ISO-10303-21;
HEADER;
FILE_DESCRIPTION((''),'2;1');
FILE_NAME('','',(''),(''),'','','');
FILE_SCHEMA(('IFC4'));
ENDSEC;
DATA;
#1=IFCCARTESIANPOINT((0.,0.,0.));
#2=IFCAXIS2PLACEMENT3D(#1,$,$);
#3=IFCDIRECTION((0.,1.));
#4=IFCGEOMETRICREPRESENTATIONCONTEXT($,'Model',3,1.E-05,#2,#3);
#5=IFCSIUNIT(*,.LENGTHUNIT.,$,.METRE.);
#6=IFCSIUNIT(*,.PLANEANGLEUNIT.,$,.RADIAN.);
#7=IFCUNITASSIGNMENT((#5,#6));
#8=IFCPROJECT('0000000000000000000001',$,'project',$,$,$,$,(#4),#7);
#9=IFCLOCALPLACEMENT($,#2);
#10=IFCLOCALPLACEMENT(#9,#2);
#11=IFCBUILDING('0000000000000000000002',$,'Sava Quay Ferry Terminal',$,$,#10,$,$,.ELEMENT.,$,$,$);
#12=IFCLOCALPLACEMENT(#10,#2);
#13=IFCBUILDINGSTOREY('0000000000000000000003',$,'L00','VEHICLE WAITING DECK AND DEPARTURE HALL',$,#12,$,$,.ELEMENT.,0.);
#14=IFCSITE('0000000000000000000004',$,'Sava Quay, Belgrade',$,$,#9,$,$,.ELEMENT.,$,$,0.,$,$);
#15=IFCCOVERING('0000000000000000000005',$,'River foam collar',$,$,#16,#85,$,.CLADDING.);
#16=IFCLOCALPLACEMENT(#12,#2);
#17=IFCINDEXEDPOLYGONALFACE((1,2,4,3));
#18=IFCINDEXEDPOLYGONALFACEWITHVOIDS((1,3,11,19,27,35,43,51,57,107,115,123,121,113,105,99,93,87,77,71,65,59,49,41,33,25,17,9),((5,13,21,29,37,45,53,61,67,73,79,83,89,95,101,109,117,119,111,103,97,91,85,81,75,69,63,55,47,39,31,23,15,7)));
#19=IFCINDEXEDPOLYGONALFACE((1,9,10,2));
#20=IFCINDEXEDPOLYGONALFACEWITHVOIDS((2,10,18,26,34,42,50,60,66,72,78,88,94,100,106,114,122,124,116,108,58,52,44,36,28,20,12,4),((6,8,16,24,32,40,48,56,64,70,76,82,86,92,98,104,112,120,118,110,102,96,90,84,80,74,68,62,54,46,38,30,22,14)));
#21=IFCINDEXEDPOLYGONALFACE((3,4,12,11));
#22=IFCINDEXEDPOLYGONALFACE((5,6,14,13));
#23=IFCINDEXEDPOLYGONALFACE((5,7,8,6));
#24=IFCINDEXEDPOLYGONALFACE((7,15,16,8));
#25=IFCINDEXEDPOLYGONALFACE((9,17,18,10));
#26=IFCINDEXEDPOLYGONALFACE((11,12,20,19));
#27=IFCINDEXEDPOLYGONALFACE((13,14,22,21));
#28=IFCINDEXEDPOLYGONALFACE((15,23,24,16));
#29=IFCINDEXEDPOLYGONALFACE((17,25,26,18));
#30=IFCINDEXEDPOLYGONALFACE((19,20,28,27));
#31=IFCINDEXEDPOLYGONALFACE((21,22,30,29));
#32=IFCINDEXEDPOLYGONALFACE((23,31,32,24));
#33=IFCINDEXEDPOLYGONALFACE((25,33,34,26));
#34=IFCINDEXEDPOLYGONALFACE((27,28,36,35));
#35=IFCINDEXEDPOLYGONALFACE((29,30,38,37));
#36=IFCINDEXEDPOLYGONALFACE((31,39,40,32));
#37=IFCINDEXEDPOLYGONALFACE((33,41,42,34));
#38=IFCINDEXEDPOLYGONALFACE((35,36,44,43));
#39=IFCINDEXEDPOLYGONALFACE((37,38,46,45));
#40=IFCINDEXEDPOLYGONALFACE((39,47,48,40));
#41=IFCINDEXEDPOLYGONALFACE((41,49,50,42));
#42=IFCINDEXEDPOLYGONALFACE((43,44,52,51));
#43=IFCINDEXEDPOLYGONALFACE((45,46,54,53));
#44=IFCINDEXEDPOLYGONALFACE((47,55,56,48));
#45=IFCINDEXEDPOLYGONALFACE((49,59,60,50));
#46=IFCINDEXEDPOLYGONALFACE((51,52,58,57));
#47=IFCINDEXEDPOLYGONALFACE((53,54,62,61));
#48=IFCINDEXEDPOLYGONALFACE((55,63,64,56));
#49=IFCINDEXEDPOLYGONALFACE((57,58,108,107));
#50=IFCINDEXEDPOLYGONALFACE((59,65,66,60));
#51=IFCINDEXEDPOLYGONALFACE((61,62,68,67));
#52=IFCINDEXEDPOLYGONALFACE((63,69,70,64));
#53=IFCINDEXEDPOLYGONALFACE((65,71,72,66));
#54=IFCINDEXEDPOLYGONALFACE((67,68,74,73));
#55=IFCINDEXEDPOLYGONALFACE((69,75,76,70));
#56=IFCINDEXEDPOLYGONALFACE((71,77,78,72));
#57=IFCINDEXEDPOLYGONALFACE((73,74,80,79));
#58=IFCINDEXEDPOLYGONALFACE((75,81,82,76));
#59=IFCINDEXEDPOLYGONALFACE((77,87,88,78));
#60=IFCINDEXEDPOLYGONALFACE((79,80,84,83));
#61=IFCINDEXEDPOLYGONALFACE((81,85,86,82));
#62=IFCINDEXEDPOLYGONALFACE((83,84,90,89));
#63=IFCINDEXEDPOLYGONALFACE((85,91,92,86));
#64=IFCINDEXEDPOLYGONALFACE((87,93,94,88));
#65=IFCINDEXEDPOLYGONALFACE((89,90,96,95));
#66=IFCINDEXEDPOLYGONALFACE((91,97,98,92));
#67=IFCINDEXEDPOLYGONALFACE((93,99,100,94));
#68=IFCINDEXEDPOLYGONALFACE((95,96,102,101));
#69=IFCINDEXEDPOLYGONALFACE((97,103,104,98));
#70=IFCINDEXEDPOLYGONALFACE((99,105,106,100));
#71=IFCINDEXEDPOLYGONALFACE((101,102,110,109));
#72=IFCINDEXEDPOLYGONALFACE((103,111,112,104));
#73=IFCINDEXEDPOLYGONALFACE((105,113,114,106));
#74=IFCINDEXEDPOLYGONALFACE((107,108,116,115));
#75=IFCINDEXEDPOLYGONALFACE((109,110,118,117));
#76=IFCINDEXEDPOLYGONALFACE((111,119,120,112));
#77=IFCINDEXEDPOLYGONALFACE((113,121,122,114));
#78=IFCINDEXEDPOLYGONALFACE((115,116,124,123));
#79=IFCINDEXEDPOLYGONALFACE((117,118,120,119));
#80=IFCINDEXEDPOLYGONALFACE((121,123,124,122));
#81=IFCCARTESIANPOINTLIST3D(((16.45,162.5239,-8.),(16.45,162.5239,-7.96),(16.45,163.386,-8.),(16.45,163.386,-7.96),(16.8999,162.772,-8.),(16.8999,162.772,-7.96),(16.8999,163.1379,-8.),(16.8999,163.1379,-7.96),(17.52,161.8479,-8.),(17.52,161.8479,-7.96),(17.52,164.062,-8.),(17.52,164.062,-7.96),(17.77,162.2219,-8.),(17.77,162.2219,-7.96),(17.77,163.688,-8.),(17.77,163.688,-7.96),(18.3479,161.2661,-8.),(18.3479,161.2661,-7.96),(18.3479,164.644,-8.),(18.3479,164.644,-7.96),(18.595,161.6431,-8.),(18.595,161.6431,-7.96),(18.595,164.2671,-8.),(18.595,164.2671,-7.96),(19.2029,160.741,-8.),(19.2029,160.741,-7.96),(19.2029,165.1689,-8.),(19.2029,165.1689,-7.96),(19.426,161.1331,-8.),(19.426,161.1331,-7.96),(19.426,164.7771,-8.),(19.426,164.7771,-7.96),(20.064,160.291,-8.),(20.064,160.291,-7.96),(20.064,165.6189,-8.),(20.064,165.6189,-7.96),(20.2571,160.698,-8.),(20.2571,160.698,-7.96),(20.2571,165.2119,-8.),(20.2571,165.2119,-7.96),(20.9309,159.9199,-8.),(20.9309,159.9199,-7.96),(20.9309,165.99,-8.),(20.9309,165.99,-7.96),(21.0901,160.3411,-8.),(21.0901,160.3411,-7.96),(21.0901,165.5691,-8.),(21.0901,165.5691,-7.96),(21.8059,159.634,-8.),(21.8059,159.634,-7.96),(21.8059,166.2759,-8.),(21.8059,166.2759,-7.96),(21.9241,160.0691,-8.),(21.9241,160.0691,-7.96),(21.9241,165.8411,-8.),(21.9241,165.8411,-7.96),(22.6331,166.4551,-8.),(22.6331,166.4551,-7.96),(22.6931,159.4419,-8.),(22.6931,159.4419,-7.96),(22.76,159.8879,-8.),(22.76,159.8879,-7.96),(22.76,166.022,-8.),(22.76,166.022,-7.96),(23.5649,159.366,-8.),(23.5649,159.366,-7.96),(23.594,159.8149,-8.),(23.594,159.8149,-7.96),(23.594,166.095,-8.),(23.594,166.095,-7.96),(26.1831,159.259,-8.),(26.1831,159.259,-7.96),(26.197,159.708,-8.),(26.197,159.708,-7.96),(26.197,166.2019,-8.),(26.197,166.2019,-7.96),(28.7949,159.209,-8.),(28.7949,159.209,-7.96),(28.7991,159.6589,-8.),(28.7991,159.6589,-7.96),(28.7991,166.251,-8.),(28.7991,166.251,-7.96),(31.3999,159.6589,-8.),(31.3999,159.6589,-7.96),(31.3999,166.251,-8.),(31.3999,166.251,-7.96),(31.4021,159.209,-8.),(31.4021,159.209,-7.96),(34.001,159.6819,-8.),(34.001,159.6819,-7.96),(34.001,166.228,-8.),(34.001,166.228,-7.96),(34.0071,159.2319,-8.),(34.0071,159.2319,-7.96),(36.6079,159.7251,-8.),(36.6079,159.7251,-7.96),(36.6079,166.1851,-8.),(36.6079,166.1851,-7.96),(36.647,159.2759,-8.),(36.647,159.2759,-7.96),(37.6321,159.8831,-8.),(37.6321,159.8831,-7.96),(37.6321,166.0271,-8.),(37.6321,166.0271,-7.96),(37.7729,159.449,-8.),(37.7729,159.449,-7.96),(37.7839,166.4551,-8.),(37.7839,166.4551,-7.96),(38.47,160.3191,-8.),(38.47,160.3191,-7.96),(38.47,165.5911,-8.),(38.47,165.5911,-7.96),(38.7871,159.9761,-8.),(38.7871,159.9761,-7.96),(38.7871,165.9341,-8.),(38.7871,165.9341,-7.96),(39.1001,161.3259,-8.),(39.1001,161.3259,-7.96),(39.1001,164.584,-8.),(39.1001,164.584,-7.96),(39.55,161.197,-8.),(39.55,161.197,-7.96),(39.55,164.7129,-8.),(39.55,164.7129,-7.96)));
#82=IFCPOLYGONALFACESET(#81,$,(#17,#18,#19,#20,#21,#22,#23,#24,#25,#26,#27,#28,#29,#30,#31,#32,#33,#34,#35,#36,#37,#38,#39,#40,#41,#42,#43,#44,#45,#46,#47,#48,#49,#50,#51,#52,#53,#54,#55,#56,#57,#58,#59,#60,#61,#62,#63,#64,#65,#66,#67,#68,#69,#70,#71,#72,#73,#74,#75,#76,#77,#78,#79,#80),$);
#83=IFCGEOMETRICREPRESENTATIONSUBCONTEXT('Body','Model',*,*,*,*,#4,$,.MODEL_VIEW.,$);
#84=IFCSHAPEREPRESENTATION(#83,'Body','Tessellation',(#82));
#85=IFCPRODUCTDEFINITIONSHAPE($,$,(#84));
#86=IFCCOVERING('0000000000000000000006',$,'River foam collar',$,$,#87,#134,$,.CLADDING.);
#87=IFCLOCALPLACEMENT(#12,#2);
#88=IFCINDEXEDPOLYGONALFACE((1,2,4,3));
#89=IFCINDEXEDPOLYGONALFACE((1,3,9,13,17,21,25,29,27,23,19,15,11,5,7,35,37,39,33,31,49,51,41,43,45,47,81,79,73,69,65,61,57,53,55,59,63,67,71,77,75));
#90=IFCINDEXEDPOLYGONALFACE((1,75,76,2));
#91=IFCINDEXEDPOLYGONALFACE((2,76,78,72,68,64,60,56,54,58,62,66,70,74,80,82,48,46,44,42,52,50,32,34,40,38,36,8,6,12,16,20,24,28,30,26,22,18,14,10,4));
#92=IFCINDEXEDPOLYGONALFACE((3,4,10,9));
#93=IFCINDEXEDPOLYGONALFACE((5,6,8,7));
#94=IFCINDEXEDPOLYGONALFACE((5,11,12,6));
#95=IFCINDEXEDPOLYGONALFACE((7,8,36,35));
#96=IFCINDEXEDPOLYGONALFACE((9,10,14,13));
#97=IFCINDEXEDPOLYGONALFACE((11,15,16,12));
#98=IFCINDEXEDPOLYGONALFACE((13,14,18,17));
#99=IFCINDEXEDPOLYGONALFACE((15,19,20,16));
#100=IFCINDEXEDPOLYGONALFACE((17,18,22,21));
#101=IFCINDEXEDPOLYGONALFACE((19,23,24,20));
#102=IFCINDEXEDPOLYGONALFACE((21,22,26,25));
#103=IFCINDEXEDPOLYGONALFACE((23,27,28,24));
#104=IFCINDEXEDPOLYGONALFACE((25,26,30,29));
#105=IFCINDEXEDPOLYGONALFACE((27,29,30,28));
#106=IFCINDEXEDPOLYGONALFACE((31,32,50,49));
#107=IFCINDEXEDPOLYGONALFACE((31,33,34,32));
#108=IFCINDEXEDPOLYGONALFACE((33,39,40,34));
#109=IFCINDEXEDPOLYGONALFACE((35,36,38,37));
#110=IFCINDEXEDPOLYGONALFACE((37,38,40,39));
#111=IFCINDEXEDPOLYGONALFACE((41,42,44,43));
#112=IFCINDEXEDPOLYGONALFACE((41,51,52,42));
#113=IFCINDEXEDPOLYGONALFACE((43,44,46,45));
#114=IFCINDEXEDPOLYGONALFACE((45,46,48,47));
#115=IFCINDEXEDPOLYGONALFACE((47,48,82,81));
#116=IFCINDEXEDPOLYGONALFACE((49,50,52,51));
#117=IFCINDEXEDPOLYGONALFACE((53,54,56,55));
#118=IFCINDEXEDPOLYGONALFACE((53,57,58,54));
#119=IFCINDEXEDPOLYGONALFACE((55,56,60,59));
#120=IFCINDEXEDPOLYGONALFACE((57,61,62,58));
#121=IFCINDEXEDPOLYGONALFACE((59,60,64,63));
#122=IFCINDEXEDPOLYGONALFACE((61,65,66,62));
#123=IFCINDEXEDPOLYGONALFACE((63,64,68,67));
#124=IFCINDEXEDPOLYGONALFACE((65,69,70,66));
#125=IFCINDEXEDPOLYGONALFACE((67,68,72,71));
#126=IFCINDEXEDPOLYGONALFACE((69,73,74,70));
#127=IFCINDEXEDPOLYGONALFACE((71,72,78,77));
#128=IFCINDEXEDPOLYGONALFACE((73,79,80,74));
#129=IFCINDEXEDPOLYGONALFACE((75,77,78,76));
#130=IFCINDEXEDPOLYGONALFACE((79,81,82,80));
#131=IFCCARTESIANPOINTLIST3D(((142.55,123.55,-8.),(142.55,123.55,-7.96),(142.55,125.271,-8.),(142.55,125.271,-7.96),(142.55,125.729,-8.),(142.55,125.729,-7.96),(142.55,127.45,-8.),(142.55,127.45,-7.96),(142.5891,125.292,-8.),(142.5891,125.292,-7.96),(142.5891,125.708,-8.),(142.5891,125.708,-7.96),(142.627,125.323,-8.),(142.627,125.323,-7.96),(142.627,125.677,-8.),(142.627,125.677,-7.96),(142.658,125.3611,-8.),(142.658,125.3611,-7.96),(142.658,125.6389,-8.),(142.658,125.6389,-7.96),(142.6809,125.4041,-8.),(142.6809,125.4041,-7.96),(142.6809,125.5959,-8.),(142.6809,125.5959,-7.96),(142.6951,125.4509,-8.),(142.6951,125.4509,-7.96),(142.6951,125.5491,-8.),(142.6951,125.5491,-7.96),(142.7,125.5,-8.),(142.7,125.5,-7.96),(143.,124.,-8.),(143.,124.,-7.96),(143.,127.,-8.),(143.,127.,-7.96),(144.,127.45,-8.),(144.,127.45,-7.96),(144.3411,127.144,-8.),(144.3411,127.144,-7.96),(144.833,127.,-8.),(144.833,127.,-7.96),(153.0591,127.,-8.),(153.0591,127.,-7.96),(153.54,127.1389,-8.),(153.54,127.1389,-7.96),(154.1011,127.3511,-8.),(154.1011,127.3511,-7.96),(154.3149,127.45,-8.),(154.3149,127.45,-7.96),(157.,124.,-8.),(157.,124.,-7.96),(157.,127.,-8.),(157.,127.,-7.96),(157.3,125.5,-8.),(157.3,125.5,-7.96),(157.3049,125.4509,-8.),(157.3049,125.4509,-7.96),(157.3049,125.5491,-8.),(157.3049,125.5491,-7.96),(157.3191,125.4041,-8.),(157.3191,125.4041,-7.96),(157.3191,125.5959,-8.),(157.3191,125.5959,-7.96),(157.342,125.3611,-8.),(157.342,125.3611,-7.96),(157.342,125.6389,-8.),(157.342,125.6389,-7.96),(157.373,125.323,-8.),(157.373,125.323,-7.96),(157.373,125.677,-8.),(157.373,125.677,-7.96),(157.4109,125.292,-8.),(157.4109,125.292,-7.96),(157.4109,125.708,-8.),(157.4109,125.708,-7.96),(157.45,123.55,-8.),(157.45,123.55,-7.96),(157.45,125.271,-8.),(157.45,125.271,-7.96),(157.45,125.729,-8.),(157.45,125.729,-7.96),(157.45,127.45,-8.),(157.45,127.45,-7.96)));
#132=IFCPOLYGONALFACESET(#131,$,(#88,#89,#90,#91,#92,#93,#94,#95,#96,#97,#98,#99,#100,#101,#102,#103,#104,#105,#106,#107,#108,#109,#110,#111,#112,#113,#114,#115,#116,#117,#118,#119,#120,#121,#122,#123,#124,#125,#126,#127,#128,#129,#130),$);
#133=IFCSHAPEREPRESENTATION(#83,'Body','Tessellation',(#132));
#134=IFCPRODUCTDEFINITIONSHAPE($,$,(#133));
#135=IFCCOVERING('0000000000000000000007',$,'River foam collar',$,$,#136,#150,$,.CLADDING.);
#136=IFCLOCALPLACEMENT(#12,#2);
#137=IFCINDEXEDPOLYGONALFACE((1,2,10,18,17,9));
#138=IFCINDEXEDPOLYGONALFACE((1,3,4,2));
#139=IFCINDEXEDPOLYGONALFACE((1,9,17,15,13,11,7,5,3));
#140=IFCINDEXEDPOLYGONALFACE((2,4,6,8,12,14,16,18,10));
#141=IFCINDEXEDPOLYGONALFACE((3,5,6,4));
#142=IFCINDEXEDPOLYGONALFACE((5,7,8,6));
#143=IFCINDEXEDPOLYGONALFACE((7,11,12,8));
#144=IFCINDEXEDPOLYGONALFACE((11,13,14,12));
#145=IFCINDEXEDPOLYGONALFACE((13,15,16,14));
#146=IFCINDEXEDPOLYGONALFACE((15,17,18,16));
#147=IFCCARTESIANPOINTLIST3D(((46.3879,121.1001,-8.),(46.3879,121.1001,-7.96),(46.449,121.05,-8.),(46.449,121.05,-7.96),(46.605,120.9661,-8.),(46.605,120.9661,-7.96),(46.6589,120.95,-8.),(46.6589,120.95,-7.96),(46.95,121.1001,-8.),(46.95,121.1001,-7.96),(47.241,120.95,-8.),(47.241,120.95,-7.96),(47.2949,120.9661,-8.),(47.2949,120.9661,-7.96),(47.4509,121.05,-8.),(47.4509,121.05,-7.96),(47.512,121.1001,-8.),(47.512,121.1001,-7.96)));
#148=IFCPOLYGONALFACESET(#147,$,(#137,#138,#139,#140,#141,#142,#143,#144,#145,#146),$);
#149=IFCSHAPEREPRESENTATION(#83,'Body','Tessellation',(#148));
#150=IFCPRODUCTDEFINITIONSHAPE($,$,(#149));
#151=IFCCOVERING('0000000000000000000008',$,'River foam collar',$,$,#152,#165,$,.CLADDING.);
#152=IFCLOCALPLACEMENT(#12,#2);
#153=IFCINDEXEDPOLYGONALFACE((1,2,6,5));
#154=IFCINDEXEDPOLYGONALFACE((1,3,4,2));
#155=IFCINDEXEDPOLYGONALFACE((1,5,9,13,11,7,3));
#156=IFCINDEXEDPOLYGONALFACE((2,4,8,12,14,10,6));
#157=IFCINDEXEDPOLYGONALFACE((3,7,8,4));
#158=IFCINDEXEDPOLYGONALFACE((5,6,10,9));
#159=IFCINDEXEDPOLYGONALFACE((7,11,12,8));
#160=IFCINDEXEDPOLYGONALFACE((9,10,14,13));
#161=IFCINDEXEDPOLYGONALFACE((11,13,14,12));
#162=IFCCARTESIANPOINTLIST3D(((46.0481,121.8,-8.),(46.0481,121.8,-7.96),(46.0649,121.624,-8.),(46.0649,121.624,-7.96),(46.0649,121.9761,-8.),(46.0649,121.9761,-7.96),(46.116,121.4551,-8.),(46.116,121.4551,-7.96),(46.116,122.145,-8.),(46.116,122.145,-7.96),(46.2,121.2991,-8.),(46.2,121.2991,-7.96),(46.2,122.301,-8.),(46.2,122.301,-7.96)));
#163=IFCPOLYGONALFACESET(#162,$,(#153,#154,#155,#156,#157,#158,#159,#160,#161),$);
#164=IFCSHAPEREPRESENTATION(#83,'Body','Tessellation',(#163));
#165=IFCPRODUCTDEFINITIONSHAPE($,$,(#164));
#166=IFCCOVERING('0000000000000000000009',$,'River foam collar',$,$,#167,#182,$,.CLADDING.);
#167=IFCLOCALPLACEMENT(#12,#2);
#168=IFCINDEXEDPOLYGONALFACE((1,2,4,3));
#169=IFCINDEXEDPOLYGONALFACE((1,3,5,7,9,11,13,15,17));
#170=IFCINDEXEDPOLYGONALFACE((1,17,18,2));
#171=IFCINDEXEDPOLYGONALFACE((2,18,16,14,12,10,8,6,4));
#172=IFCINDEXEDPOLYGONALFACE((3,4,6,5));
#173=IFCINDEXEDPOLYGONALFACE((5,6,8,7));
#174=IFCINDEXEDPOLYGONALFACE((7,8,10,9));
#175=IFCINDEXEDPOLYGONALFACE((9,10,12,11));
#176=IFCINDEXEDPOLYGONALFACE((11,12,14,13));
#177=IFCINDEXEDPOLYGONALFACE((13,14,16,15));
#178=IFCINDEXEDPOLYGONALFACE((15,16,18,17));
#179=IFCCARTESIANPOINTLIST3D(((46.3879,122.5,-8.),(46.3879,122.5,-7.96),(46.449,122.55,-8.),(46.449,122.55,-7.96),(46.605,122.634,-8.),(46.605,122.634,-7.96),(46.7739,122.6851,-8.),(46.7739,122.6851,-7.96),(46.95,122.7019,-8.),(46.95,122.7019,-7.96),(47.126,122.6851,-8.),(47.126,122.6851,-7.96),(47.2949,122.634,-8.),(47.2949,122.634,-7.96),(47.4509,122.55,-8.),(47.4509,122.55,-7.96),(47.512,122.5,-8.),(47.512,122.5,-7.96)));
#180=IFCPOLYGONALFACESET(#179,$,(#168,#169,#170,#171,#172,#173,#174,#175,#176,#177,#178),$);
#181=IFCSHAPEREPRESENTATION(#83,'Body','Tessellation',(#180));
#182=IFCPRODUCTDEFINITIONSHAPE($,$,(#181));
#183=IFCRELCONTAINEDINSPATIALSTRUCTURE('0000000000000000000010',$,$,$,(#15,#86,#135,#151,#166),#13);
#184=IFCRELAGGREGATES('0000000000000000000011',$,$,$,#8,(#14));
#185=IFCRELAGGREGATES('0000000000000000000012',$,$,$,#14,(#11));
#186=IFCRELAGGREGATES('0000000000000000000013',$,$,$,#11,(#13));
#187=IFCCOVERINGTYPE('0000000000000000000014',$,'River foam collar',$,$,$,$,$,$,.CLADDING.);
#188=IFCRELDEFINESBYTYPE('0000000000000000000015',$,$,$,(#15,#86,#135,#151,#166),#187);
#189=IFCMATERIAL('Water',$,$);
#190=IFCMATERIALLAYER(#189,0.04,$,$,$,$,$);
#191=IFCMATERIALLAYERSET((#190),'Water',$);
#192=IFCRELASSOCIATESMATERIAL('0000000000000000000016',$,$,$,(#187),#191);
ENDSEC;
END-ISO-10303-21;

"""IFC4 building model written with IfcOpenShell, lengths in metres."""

from ifc_helpers import new_model, si_unit, direction, frame, origin, place, context, subcontext, project, spatial, polyline, outline, extrude, material, layer, layer_set, type_object, element, save


model = new_model("IFC4")

# Units and contexts
model_context = context("Model", 3, precision=1e-05, world=origin(), true_north=direction((0.0, 1.0)))
body_context = subcontext(model_context, "Body", "Model", "MODEL_VIEW")
ifc_project = project(units=[si_unit("LENGTHUNIT", "METRE"), si_unit("PLANEANGLEUNIT", "RADIAN")], contexts=[model_context])

# Site, building, storey
site_placement = place(None, origin())
site = spatial("IfcSite", under=ifc_project, at=site_placement, Name="Sava Quay, Belgrade", CompositionType="ELEMENT", RefElevation=0.0)
building_placement = place(site_placement, origin())
building = spatial("IfcBuilding", under=site, at=building_placement, Name="Sava Quay Ferry Terminal", CompositionType="ELEMENT")
storey_placement = place(building_placement, origin())
storey = spatial("IfcBuildingStorey", under=building, at=storey_placement, Name="L00", Description="VEHICLE WAITING DECK AND DEPARTURE HALL", CompositionType="ELEMENT", Elevation=0.0)

# Coverings
ifc_material_1 = material(Name="Water")
ifc_layer_1 = layer(ifc_material_1, 0.04)
ifc_layer_set_1 = layer_set([ifc_layer_1], Name="Water")
covering_type_1 = type_object("IfcCoveringType", Name="River foam collar", PredefinedType="CLADDING", material=ifc_layer_set_1)
covering_1_placement = place(storey_placement, frame((0.0, 0.0, -8.0)))
element("IfcCovering", 1, at=covering_1_placement, inside=storey, type_object=covering_type_1, Name="River foam collar", PredefinedType="CLADDING", context=body_context, shape_type="SweptSolid", body=[
    extrude(outline(polyline([(28.7949, 159.209), (31.4021, 159.209), (34.0071, 159.2319), (36.647, 159.2759), (37.7729, 159.449), (38.7871, 159.9761), (39.55, 161.197), (39.55, 164.7129), (38.7871, 165.9341), (37.7839, 166.4551), (22.6331, 166.4551), (21.8059, 166.2759), (20.9309, 165.99), (20.064, 165.6189), (19.2029, 165.1689), (18.3479, 164.644), (17.52, 164.062), (16.45, 163.386), (16.45, 162.5239), (17.52, 161.8479), (18.3479, 161.2661), (19.2029, 160.741), (20.064, 160.291), (20.9309, 159.9199), (21.8059, 159.634), (22.6931, 159.4419), (23.5649, 159.366), (26.1831, 159.259), (28.7949, 159.209)]), holes=[polyline([(34.001, 166.228), (36.6079, 166.1851), (37.6321, 166.0271), (38.47, 165.5911), (39.1001, 164.584), (39.1001, 161.3259), (38.47, 160.3191), (37.6321, 159.8831), (36.6079, 159.7251), (34.001, 159.6819), (31.3999, 159.6589), (28.7991, 159.6589), (26.197, 159.708), (23.594, 159.8149), (22.76, 159.8879), (21.9241, 160.0691), (21.0901, 160.3411), (20.2571, 160.698), (19.426, 161.1331), (18.595, 161.6431), (17.77, 162.2219), (16.8999, 162.772), (16.8999, 163.1379), (17.77, 163.688), (18.595, 164.2671), (19.426, 164.7771), (20.2571, 165.2119), (21.0901, 165.5691), (21.9241, 165.8411), (22.76, 166.022), (23.594, 166.095), (26.197, 166.2019), (28.7991, 166.251), (31.3999, 166.251), (34.001, 166.228)])]), origin(), (0.0, 0.0, 1.0), 0.04),
])
covering_2_placement = place(storey_placement, frame((0.0, 0.0, -8.0)))
element("IfcCovering", 2, at=covering_2_placement, inside=storey, type_object=covering_type_1, Name="River foam collar", PredefinedType="CLADDING", context=body_context, shape_type="SweptSolid", body=[
    extrude(outline(polyline([(157.4109, 125.708), (157.45, 125.729), (157.45, 127.45), (154.3149, 127.45), (154.1011, 127.3511), (153.54, 127.1389), (153.0591, 127.0), (157.0, 127.0), (157.0, 124.0), (143.0, 124.0), (143.0, 127.0), (144.833, 127.0), (144.3411, 127.144), (144.0, 127.45), (142.55, 127.45), (142.55, 125.729), (142.5891, 125.708), (142.627, 125.677), (142.658, 125.6389), (142.6809, 125.5959), (142.6951, 125.5491), (142.7, 125.5), (142.6951, 125.4509), (142.6809, 125.4041), (142.658, 125.3611), (142.627, 125.323), (142.5891, 125.292), (142.55, 125.271), (142.55, 123.55), (157.45, 123.55), (157.45, 125.271), (157.4109, 125.292), (157.373, 125.323), (157.342, 125.3611), (157.3191, 125.4041), (157.3049, 125.4509), (157.3, 125.5), (157.3049, 125.5491), (157.3191, 125.5959), (157.342, 125.6389), (157.373, 125.677), (157.4109, 125.708)])), origin(), (0.0, 0.0, 1.0), 0.04),
])
covering_3_placement = place(storey_placement, frame((0.0, 0.0, -8.0)))
element("IfcCovering", 3, at=covering_3_placement, inside=storey, type_object=covering_type_1, Name="River foam collar", PredefinedType="CLADDING", context=body_context, shape_type="SweptSolid", body=[
    extrude(outline(polyline([(46.3879, 121.1001), (46.449, 121.05), (46.605, 120.9661), (46.6589, 120.95), (47.241, 120.95), (47.2949, 120.9661), (47.4509, 121.05), (47.512, 121.1001), (46.95, 121.1001), (46.3879, 121.1001)])), origin(), (0.0, 0.0, 1.0), 0.04),
])
covering_4_placement = place(storey_placement, frame((0.0, 0.0, -8.0)))
element("IfcCovering", 4, at=covering_4_placement, inside=storey, type_object=covering_type_1, Name="River foam collar", PredefinedType="CLADDING", context=body_context, shape_type="SweptSolid", body=[
    extrude(outline(polyline([(46.116, 122.145), (46.0649, 121.9761), (46.0481, 121.8), (46.0649, 121.624), (46.116, 121.4551), (46.2, 121.2991), (46.2, 122.301), (46.116, 122.145)])), origin(), (0.0, 0.0, 1.0), 0.04),
])
covering_5_placement = place(storey_placement, frame((0.0, 0.0, -8.0)))
element("IfcCovering", 5, at=covering_5_placement, inside=storey, type_object=covering_type_1, Name="River foam collar", PredefinedType="CLADDING", context=body_context, shape_type="SweptSolid", body=[
    extrude(outline(polyline([(47.4509, 122.55), (47.2949, 122.634), (47.126, 122.6851), (46.95, 122.7019), (46.7739, 122.6851), (46.605, 122.634), (46.449, 122.55), (46.3879, 122.5), (47.512, 122.5), (47.4509, 122.55)])), origin(), (0.0, 0.0, 1.0), 0.04),
])

save(model, "model.ifc")
